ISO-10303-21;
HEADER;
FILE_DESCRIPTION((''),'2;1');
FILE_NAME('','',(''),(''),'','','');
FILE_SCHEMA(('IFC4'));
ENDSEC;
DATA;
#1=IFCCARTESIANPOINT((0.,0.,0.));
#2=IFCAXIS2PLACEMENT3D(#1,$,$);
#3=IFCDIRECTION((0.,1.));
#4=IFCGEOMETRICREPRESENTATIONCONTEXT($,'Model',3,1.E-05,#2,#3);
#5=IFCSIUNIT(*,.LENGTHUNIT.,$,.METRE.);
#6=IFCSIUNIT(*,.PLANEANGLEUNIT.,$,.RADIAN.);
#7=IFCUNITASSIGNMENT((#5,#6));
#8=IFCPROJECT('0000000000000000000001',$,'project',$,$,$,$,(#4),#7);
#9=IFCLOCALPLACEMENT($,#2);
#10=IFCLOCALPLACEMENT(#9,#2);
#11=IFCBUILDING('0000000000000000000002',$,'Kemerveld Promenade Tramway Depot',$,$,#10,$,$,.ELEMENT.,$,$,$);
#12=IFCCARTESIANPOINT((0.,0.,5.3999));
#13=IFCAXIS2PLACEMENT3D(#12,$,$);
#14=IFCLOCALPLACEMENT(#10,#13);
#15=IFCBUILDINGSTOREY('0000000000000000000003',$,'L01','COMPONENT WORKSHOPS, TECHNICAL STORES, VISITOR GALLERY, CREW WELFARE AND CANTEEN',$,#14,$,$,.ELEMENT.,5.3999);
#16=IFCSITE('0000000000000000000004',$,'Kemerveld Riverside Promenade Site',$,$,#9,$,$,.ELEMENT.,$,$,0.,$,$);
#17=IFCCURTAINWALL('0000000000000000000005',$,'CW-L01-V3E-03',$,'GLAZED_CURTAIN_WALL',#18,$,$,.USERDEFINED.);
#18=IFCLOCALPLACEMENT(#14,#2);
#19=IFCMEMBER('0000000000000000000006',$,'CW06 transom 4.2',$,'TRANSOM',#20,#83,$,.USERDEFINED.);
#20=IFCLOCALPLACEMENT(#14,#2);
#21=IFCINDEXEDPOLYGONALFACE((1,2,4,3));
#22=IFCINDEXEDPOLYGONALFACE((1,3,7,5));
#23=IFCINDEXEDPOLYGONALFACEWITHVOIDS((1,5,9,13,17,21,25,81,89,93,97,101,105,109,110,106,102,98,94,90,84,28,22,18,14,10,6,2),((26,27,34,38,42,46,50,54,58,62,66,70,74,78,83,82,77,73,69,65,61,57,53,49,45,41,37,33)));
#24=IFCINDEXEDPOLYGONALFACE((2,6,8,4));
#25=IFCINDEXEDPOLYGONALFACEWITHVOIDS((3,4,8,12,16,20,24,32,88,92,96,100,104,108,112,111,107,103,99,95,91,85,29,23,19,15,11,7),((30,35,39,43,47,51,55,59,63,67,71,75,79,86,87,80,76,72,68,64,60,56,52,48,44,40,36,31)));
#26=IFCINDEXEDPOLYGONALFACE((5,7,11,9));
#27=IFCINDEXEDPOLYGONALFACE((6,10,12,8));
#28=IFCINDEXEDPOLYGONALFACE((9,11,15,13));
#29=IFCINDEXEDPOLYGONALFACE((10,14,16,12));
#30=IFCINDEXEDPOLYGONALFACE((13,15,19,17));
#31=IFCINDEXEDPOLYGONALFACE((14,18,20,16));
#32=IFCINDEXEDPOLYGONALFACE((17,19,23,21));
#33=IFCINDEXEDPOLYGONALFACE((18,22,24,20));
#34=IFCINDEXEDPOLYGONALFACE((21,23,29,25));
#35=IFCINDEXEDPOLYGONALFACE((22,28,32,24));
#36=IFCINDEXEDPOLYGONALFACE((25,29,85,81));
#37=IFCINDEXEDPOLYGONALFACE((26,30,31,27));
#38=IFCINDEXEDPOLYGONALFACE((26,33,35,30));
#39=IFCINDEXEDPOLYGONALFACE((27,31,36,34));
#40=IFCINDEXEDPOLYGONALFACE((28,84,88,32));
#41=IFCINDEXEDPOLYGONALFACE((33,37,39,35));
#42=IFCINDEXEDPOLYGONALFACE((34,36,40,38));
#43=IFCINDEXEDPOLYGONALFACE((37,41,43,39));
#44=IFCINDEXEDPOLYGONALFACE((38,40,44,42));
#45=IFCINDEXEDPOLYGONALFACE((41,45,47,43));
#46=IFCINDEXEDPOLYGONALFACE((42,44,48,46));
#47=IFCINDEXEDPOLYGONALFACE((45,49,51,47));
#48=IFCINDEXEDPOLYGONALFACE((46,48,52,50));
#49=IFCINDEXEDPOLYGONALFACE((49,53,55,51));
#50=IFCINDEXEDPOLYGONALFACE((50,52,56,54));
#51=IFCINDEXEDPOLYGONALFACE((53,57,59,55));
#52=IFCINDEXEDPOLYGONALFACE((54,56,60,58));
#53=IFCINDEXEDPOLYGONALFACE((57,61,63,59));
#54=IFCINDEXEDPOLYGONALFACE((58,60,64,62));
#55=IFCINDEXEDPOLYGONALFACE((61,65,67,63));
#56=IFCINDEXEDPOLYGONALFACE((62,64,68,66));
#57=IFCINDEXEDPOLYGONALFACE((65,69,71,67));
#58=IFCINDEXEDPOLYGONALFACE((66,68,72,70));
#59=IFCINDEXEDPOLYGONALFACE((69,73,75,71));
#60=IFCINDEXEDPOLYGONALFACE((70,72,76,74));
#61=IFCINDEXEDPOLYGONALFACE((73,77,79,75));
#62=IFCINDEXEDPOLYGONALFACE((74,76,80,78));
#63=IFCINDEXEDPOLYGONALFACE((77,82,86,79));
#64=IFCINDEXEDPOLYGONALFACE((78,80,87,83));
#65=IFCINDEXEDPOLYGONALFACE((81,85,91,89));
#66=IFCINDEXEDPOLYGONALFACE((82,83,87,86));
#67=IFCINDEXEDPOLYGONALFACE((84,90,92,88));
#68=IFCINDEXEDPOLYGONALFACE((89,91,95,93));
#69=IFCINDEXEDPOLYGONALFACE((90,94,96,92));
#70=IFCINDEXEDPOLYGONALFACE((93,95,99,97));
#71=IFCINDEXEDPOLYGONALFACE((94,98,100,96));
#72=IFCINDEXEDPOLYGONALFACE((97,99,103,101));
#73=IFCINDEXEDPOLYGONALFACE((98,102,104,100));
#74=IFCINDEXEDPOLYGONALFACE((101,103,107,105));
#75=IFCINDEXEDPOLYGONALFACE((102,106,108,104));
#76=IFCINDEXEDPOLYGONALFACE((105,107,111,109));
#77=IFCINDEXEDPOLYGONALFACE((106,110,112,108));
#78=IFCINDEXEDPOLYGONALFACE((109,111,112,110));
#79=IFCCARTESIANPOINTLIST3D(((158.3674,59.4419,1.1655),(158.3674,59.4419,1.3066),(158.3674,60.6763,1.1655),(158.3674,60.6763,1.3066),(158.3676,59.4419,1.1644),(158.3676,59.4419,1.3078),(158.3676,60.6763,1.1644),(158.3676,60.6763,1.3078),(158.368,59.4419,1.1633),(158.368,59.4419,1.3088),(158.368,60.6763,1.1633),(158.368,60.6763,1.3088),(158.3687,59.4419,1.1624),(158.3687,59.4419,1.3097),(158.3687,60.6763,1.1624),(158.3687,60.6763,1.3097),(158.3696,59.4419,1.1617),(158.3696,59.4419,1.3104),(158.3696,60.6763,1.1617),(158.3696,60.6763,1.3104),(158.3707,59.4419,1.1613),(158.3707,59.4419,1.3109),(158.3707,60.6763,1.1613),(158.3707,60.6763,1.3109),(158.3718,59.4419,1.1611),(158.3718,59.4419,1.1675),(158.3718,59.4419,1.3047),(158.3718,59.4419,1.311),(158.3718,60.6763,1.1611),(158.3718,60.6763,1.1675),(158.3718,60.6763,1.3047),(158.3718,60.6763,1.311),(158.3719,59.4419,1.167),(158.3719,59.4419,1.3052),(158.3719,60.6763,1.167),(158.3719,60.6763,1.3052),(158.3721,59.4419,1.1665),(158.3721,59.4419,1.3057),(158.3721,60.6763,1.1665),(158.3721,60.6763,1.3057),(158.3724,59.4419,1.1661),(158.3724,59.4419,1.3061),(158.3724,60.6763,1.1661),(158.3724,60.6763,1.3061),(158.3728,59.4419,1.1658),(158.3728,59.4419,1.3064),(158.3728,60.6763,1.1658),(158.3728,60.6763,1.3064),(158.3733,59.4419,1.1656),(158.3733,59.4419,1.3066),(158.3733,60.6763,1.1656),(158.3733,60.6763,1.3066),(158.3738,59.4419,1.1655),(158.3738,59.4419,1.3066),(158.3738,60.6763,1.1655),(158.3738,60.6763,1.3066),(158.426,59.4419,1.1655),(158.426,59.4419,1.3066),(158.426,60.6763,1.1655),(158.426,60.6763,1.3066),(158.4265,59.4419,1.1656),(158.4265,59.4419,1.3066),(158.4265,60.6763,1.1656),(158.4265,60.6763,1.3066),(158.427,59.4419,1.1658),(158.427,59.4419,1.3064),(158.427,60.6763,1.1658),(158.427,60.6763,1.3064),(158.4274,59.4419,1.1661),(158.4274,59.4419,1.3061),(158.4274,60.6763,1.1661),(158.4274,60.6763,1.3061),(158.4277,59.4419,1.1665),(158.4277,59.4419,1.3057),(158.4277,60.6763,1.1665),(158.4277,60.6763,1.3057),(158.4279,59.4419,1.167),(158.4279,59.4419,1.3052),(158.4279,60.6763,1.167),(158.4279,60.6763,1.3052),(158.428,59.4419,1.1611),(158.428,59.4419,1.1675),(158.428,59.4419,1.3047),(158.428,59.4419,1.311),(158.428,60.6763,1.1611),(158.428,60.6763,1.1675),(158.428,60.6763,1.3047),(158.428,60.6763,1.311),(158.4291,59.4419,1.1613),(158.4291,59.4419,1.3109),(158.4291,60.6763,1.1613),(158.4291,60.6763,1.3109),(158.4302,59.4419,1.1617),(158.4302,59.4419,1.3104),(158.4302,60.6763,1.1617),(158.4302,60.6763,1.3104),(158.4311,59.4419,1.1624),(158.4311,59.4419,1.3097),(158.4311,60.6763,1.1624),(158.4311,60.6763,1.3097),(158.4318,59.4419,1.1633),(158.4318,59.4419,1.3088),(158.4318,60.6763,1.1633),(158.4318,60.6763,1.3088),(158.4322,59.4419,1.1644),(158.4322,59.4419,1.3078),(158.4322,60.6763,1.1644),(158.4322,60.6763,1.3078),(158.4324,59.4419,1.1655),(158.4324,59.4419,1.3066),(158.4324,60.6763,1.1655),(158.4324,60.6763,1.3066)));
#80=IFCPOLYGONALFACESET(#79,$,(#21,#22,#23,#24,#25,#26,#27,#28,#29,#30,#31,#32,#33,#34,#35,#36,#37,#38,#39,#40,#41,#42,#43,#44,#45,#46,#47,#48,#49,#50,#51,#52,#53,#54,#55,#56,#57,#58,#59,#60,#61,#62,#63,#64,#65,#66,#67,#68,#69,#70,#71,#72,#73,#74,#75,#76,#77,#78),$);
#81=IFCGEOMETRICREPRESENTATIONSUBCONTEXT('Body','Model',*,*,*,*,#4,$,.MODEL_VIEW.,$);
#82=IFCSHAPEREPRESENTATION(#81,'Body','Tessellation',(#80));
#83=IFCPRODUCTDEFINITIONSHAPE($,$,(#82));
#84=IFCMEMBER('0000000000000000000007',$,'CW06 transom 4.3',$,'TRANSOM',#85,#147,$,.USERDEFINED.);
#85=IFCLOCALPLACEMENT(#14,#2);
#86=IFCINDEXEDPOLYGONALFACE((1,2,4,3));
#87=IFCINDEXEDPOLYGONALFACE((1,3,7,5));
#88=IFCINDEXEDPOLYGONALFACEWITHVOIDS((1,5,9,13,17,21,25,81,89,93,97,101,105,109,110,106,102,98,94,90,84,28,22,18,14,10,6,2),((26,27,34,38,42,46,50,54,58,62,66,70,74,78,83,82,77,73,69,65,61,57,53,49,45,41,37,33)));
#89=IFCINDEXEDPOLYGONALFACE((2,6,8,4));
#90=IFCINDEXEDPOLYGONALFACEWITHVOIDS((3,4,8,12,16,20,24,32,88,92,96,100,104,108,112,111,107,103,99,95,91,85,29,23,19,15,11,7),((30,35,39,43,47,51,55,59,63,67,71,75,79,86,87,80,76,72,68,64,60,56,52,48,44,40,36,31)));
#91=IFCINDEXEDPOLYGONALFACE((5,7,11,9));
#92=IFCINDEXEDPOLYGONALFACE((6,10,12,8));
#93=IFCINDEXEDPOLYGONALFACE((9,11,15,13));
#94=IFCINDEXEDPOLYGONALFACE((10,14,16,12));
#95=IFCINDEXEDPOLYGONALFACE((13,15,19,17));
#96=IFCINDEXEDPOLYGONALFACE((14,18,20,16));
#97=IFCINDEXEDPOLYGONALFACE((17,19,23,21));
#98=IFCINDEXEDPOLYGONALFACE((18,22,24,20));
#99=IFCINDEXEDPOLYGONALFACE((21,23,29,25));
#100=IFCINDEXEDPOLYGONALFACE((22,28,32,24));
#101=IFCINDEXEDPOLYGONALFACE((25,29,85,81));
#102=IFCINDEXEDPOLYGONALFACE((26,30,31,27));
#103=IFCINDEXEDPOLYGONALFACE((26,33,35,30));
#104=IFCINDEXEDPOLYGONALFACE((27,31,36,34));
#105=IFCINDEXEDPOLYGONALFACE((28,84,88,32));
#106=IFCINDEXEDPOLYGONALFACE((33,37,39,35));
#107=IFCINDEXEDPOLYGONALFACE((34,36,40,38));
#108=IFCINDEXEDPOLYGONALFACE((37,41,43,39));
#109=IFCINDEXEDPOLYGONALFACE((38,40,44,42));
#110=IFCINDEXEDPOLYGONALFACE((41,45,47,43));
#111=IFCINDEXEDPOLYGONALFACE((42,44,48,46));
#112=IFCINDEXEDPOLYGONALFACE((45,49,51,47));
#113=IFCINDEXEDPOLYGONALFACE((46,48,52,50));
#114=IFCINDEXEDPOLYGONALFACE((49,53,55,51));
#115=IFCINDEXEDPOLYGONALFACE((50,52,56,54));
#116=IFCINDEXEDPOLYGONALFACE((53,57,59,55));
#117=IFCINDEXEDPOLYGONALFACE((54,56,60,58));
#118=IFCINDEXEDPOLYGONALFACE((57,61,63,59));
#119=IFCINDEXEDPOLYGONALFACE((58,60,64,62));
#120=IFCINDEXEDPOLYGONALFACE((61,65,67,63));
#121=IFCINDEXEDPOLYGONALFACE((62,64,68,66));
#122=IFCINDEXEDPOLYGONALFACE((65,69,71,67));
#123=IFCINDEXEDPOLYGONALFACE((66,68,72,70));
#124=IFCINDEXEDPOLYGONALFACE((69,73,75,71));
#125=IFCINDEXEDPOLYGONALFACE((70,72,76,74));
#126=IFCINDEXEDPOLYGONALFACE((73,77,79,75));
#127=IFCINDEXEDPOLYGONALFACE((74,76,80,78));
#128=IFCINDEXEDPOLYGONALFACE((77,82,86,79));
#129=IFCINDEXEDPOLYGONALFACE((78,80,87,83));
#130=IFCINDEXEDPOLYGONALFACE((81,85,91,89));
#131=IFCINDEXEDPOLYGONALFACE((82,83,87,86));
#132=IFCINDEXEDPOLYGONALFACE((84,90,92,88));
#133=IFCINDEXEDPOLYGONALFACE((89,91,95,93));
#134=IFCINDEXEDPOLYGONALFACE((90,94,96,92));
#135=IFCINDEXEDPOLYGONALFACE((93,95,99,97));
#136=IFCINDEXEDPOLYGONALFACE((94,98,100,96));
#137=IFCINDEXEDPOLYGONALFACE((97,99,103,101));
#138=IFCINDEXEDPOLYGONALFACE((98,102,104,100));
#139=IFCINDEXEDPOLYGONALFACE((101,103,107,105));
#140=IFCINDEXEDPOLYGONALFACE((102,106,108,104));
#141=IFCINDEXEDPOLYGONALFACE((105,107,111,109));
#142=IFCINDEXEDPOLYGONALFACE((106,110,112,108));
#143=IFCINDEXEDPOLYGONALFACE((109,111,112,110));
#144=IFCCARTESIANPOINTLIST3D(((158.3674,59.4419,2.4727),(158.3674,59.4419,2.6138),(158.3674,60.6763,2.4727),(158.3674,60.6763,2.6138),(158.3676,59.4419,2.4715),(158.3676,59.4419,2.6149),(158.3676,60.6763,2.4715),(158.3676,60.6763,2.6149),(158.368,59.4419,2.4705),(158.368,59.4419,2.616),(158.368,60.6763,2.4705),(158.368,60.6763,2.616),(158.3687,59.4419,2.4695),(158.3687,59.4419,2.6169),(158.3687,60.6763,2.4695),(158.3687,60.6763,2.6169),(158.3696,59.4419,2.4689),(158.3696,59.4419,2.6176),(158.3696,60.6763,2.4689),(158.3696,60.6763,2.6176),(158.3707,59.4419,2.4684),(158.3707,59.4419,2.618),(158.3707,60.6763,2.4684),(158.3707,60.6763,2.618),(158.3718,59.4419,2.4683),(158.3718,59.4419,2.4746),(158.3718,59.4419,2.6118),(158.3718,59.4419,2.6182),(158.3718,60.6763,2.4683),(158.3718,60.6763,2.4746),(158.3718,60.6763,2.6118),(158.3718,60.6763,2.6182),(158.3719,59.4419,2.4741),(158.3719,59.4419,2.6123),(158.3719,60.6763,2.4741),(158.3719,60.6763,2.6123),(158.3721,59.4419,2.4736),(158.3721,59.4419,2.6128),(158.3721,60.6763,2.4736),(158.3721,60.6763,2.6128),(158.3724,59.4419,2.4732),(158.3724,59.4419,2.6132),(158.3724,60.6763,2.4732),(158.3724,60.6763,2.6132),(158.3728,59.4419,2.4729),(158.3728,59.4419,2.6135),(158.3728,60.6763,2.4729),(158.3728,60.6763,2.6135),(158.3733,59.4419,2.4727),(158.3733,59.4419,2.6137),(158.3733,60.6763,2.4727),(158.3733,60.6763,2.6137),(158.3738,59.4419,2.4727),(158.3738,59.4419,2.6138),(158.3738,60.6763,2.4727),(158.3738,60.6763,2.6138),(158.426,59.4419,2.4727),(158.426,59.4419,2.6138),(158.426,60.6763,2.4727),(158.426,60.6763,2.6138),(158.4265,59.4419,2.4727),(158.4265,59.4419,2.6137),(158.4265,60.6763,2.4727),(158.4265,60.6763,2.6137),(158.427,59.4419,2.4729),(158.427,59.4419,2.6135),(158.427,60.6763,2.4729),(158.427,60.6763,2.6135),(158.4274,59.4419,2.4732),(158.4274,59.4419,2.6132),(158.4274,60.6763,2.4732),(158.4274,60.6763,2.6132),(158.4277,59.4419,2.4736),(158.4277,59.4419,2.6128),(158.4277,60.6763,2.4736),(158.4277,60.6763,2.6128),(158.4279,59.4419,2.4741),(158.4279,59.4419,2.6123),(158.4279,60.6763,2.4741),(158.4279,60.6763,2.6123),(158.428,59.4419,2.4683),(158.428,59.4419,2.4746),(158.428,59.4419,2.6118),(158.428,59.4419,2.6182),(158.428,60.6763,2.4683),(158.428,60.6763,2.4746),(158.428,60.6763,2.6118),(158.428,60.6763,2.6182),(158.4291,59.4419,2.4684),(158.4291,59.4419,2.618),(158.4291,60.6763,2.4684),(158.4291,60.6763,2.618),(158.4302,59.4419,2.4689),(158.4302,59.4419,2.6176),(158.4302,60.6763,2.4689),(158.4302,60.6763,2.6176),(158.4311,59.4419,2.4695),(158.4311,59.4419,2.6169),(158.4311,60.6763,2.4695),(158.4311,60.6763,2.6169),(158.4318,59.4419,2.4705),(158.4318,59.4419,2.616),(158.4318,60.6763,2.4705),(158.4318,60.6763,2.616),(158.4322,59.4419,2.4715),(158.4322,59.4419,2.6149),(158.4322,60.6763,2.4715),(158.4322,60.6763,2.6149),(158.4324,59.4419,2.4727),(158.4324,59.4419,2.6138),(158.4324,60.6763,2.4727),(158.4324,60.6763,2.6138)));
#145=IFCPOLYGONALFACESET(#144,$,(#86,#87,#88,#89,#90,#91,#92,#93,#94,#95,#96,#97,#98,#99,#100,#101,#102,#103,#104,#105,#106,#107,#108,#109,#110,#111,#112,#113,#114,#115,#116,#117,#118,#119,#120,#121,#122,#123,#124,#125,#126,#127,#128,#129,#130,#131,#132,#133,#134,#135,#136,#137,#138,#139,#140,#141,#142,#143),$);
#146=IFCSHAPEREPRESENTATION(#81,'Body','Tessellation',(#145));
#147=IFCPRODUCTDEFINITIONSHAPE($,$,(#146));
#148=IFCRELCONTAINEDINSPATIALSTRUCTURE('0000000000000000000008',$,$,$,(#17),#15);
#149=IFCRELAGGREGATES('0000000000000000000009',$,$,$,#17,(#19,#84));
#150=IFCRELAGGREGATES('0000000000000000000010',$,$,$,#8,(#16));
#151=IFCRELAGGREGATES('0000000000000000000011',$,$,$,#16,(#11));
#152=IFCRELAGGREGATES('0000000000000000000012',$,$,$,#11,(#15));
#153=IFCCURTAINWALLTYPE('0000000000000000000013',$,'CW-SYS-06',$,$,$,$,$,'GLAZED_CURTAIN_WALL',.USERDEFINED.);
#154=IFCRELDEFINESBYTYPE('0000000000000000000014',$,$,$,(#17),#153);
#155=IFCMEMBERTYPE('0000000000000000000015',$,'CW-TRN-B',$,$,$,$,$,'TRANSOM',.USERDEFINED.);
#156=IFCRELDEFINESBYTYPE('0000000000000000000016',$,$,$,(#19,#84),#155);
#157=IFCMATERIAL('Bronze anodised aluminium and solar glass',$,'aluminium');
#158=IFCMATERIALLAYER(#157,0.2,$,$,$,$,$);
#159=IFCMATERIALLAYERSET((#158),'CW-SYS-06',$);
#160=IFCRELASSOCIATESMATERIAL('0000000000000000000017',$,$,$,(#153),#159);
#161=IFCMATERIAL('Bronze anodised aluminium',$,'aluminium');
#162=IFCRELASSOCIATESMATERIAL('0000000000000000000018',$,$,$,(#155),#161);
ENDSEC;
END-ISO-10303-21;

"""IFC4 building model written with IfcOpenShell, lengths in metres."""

from ifc_helpers import new_model, si_unit, direction, frame, origin, origin_2d, place, context, subcontext, project, spatial, hollow_rectangle, extrude, material, layer, layer_set, material_profile, profile_set, type_object, element, aggregate, save


model = new_model("IFC4")

# Units and contexts
model_context = context("Model", 3, precision=1e-05, world=origin(), true_north=direction((0.0, 1.0)))
body_context = subcontext(model_context, "Body", "Model", "MODEL_VIEW")
ifc_project = project(units=[si_unit("LENGTHUNIT", "METRE"), si_unit("PLANEANGLEUNIT", "RADIAN")], contexts=[model_context])

# Site, building, storey
site_placement = place(None, origin())
site = spatial("IfcSite", under=ifc_project, at=site_placement, Name="Kemerveld Riverside Promenade Site", CompositionType="ELEMENT", RefElevation=0.0)
building_placement = place(site_placement, origin())
building = spatial("IfcBuilding", under=site, at=building_placement, Name="Kemerveld Promenade Tramway Depot", CompositionType="ELEMENT")
storey_placement = place(building_placement, frame((0.0, 0.0, 5.3999)))
storey = spatial("IfcBuildingStorey", under=building, at=storey_placement, Name="L01", Description="COMPONENT WORKSHOPS, TECHNICAL STORES, VISITOR GALLERY, CREW WELFARE AND CANTEEN", CompositionType="ELEMENT", Elevation=5.3999)

# Curtain wall
ifc_material_1 = material(Name="Bronze anodised aluminium and solar glass", Category="aluminium")
ifc_layer_1 = layer(ifc_material_1, 0.2)
ifc_layer_set_1 = layer_set([ifc_layer_1], Name="CW-SYS-06")
curtain_wall_type_1 = type_object("IfcCurtainWallType", Name="CW-SYS-06", ElementType="GLAZED_CURTAIN_WALL", PredefinedType="USERDEFINED", material=ifc_layer_set_1)
curtain_wall_1_placement = place(storey_placement, origin())
curtain_wall_1 = element("IfcCurtainWall", 1, at=curtain_wall_1_placement, inside=storey, type_object=curtain_wall_type_1, Name="CW-L01-V3E-03", ObjectType="GLAZED_CURTAIN_WALL", PredefinedType="USERDEFINED")
ifc_material_2 = material(Name="Bronze anodised aluminium", Category="aluminium")

# Members
ifc_material_profile_1 = material_profile(ifc_material_2, hollow_rectangle(XDim=0.0649, YDim=0.1499, WallThickness=0.0044, InnerFilletRadius=0.002, OuterFilletRadius=0.0044, at=origin_2d()), Name="CW-TRN-150x65")
ifc_profile_set_1 = profile_set([ifc_material_profile_1], Name="Bronze anodised aluminium")
member_type_1 = type_object("IfcMemberType", Name="CW-TRN-B", ElementType="TRANSOM", PredefinedType="USERDEFINED", material=ifc_profile_set_1)
member_1_placement = place(storey_placement, frame((158.3999, 60.6763, 1.2361), z_axis=(0.0, -1.0, 0.0), x_axis=(1.0, 0.0, 0.0)))
member_1 = element("IfcMember", 2, at=member_1_placement, type_object=member_type_1, Name="CW06 transom 4.2", ObjectType="TRANSOM", PredefinedType="USERDEFINED", context=body_context, shape_type="SweptSolid", body=[
    extrude(hollow_rectangle(XDim=0.0649, YDim=0.1499, WallThickness=0.0044, InnerFilletRadius=0.002, OuterFilletRadius=0.0044, at=origin_2d()), origin(), (0.0, 0.0, 1.0), 1.2344),
])
member_2_placement = place(storey_placement, frame((158.3999, 60.6763, 2.5432), z_axis=(0.0, -1.0, 0.0), x_axis=(1.0, 0.0, 0.0)))
member_2 = element("IfcMember", 3, at=member_2_placement, type_object=member_type_1, Name="CW06 transom 4.3", ObjectType="TRANSOM", PredefinedType="USERDEFINED", context=body_context, shape_type="SweptSolid", body=[
    extrude(hollow_rectangle(XDim=0.0649, YDim=0.1499, WallThickness=0.0044, InnerFilletRadius=0.002, OuterFilletRadius=0.0044, at=origin_2d()), origin(), (0.0, 0.0, 1.0), 1.2344),
])

aggregate(curtain_wall_1, [member_1, member_2])

save(model, "model.ifc")
